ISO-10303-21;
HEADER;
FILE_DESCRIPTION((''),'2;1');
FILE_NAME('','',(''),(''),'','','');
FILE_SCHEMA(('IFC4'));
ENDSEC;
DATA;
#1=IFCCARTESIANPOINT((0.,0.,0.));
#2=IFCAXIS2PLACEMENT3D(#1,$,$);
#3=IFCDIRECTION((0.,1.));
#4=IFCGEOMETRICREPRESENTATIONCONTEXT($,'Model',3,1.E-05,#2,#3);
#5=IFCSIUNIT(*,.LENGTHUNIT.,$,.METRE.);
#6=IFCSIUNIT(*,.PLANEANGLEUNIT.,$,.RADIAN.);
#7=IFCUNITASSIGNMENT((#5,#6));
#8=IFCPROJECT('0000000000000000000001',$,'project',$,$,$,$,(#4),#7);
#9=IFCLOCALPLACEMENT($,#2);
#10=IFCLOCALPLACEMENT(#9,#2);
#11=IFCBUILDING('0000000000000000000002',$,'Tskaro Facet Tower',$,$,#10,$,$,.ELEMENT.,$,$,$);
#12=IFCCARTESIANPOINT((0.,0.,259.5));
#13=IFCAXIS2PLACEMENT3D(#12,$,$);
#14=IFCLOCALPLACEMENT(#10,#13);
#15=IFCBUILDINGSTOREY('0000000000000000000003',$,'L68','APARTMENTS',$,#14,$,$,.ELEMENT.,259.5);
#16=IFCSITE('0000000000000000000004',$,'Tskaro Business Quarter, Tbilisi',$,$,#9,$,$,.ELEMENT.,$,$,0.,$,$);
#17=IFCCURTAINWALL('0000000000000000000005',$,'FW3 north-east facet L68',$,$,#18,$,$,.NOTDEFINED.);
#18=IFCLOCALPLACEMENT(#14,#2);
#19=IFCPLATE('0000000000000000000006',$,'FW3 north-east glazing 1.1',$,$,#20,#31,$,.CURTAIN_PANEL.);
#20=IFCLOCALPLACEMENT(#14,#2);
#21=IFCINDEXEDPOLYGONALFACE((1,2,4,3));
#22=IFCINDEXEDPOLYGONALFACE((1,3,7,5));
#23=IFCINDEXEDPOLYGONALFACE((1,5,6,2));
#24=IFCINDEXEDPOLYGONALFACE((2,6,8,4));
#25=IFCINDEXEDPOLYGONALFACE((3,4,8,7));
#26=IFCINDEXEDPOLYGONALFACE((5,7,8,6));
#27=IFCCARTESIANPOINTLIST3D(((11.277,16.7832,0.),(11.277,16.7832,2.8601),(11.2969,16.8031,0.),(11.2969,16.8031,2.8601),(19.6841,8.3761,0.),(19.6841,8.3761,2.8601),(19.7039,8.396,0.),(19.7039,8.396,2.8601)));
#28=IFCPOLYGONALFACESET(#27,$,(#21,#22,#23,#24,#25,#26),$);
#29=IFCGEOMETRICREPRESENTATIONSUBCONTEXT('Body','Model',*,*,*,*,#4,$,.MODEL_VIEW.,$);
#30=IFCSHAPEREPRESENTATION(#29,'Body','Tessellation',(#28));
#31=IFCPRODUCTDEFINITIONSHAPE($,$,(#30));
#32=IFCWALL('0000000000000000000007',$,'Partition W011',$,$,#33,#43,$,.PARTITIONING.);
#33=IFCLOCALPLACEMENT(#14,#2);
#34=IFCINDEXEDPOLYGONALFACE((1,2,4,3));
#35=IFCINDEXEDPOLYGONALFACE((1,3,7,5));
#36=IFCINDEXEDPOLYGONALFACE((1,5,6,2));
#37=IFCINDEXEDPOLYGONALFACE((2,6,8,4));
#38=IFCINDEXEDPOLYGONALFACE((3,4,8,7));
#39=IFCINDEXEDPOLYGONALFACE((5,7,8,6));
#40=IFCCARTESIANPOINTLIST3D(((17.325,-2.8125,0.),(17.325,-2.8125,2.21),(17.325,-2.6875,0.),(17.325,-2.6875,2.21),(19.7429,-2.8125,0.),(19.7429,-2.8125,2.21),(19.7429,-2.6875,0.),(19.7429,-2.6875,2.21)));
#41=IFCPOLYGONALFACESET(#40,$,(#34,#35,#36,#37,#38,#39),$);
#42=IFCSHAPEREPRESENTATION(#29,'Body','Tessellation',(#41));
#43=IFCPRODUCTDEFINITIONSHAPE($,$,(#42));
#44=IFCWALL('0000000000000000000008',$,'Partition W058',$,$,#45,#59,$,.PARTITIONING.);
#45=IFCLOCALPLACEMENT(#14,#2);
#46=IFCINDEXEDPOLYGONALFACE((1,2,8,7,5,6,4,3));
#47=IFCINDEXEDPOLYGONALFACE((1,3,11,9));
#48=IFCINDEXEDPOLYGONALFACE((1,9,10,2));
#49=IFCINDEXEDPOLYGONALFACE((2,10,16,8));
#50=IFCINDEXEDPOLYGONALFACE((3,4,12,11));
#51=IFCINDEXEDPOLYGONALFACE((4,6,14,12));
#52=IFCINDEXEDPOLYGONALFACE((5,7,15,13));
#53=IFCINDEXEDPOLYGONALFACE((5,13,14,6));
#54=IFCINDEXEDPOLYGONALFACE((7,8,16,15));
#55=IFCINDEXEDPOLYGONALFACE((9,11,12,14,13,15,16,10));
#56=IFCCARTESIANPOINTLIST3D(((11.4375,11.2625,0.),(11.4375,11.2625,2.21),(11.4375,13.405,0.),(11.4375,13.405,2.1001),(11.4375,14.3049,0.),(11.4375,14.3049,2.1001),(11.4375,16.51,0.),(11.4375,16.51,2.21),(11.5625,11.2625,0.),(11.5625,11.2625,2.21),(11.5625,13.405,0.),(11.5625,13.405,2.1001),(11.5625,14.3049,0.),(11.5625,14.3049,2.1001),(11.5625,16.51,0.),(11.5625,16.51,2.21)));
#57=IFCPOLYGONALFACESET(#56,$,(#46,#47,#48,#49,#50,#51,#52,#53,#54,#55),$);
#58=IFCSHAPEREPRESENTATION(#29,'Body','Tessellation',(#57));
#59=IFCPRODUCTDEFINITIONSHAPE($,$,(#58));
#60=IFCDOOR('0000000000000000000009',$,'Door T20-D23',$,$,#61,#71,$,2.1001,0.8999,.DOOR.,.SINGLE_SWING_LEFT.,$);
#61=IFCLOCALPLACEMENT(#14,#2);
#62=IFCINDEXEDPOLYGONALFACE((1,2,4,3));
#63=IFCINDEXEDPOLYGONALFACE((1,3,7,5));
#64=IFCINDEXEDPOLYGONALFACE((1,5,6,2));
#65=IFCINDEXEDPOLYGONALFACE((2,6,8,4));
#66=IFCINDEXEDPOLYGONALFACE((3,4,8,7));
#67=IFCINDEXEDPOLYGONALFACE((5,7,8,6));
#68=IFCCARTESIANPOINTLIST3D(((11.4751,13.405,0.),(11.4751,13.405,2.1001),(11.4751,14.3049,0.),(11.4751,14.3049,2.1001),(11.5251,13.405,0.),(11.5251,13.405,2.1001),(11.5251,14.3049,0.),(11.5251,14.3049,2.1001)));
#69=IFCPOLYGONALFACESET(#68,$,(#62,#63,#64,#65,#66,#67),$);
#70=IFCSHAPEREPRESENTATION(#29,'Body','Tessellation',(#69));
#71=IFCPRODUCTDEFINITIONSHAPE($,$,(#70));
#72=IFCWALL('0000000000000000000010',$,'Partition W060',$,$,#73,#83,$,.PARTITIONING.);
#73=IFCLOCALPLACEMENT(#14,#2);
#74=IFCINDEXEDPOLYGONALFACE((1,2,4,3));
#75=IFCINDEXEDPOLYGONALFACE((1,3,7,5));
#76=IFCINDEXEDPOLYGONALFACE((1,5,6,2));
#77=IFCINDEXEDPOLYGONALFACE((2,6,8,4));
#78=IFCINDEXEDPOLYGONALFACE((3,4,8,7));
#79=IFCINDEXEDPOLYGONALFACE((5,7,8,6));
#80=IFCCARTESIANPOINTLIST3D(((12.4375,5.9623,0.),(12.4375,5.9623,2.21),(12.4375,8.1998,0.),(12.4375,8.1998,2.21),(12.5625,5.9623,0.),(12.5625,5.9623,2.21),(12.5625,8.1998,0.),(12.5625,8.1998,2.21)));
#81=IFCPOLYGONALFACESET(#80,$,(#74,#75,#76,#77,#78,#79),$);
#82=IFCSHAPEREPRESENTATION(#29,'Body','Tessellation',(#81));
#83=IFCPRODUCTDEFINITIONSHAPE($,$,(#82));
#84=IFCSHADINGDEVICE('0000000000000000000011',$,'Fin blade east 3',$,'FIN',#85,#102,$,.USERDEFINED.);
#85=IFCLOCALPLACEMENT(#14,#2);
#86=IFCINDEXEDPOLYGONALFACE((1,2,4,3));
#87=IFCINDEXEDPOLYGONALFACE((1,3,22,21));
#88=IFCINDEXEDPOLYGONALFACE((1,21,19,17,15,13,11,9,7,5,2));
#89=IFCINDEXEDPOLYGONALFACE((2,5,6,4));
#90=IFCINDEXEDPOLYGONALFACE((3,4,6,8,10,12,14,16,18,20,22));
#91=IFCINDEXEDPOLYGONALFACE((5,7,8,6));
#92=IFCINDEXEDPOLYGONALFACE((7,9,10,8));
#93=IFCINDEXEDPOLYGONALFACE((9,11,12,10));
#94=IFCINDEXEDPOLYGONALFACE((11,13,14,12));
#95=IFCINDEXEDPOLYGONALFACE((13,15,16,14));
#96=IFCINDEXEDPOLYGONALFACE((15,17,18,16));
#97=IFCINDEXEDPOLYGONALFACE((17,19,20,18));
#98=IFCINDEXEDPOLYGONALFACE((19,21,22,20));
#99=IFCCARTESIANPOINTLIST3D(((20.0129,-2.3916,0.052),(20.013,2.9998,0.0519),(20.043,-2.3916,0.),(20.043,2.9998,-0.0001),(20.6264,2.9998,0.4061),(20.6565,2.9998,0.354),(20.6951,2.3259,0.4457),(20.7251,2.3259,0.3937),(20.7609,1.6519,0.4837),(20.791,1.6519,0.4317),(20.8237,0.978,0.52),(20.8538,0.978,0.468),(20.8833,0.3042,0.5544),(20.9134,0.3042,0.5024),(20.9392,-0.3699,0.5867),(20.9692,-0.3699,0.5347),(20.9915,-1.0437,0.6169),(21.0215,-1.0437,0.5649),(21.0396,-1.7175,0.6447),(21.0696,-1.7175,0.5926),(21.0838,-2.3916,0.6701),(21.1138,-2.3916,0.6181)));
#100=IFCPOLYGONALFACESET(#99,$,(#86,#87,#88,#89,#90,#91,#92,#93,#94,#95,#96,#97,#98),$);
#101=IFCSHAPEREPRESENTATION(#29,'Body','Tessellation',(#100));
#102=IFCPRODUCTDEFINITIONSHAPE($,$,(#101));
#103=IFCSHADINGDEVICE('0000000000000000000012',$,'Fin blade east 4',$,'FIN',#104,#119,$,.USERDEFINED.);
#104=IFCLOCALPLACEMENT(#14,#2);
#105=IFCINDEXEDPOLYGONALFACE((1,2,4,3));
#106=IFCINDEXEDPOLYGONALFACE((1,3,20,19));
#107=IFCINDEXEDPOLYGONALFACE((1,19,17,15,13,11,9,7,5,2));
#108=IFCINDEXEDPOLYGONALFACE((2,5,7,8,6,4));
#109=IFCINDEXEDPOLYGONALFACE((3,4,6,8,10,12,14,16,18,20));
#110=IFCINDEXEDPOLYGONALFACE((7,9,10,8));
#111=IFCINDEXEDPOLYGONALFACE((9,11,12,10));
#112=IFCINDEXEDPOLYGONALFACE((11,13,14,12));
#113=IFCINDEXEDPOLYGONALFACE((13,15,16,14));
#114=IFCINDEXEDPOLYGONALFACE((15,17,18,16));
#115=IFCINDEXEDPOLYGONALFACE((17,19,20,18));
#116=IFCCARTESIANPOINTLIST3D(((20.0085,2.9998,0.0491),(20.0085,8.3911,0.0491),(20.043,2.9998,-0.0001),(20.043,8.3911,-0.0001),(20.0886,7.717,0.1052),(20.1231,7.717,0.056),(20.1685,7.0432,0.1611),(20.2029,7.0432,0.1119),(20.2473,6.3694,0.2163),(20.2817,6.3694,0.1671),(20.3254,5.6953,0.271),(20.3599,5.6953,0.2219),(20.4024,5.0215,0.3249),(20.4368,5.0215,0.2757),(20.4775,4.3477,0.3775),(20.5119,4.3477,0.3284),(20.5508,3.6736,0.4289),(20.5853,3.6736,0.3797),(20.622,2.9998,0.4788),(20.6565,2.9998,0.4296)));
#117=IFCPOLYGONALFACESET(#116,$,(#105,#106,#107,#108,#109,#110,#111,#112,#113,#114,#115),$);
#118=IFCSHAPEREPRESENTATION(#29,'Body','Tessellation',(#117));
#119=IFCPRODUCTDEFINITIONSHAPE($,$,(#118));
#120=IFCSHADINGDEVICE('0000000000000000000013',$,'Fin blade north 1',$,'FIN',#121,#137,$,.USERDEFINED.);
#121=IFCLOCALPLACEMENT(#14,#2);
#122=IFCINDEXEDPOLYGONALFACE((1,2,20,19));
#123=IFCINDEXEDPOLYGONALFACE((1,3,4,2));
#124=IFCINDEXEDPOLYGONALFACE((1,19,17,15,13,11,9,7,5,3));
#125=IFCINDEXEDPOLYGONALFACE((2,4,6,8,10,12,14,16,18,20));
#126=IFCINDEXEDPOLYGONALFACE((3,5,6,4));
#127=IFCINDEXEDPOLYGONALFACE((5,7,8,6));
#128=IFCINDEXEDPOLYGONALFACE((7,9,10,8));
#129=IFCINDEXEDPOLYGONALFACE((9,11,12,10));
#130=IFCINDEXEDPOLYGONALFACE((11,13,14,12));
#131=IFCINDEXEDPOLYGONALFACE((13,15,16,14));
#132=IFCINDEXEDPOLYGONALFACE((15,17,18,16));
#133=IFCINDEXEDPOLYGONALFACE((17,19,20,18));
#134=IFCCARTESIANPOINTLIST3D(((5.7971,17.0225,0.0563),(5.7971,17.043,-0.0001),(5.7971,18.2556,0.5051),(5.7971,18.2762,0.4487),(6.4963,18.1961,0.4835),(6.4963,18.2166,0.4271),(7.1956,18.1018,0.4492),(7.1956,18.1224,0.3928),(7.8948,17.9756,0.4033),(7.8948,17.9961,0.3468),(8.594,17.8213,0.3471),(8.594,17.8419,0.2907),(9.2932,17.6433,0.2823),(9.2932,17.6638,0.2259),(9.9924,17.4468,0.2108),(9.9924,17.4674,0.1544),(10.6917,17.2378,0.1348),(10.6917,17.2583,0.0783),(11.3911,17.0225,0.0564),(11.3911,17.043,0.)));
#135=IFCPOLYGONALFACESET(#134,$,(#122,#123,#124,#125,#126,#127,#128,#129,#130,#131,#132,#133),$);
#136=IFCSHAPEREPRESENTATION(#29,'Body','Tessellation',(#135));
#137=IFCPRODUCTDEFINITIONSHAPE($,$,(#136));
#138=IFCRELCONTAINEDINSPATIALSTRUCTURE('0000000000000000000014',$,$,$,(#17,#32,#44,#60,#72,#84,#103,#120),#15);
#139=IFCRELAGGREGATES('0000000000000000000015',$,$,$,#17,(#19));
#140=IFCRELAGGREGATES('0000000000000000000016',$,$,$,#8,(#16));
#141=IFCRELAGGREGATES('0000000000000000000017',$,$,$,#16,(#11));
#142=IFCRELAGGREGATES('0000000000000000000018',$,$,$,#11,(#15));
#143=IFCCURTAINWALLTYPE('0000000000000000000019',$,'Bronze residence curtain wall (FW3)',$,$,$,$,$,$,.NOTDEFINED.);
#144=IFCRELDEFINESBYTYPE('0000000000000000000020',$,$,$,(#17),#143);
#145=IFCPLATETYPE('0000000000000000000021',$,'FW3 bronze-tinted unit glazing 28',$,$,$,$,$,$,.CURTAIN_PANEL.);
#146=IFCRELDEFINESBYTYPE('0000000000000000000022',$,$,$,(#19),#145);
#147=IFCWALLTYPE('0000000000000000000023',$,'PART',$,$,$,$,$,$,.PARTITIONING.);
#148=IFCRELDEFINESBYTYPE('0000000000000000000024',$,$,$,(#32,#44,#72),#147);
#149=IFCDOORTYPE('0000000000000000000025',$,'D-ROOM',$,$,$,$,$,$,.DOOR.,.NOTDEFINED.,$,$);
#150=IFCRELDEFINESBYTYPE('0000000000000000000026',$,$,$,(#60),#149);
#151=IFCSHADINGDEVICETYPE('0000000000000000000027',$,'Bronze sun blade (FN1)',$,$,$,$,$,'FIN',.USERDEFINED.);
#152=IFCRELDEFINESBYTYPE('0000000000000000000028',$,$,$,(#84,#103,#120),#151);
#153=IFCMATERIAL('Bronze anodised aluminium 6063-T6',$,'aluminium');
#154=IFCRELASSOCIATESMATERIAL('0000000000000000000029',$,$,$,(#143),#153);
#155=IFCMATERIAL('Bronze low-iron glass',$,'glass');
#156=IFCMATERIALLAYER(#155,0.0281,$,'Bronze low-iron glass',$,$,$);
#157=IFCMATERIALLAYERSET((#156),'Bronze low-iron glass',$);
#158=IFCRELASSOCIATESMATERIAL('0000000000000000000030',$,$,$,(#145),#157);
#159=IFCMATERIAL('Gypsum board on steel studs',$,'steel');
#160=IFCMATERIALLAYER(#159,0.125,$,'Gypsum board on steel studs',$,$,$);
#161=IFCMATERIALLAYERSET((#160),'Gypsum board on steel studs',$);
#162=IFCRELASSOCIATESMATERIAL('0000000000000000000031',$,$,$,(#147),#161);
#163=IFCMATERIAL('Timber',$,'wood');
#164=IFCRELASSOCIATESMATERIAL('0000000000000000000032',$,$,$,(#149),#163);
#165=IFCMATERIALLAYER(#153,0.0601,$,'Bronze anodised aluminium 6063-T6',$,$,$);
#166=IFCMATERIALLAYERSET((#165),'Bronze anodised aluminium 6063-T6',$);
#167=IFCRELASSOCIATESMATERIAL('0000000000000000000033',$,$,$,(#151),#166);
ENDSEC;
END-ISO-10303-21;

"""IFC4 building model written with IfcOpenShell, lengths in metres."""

from ifc_helpers import new_model, si_unit, direction, frame, frame_2d, origin, origin_2d, place, context, subcontext, project, spatial, polyline, rectangle, outline, extrude, material, layer, layer_set, type_object, element, fill, aggregate, save


model = new_model("IFC4")

# Units and contexts
model_context = context("Model", 3, precision=1e-05, world=origin(), true_north=direction((0.0, 1.0)))
body_context = subcontext(model_context, "Body", "Model", "MODEL_VIEW")
ifc_project = project(units=[si_unit("LENGTHUNIT", "METRE"), si_unit("PLANEANGLEUNIT", "RADIAN")], contexts=[model_context])

# Site, building, storey
site_placement = place(None, origin())
site = spatial("IfcSite", under=ifc_project, at=site_placement, Name="Tskaro Business Quarter, Tbilisi", CompositionType="ELEMENT", RefElevation=0.0)
building_placement = place(site_placement, origin())
building = spatial("IfcBuilding", under=site, at=building_placement, Name="Tskaro Facet Tower", CompositionType="ELEMENT")
storey_placement = place(building_placement, frame((0.0, 0.0, 259.5)))
storey = spatial("IfcBuildingStorey", under=building, at=storey_placement, Name="L68", Description="APARTMENTS", CompositionType="ELEMENT", Elevation=259.5)

# Curtain wall
ifc_material_1 = material(Name="Bronze anodised aluminium 6063-T6", Category="aluminium")
curtain_wall_type = type_object("IfcCurtainWallType", Name="Bronze residence curtain wall (FW3)", PredefinedType="NOTDEFINED", material=ifc_material_1)
curtain_wall_1_placement = place(storey_placement, origin())
curtain_wall_1 = element("IfcCurtainWall", 1, at=curtain_wall_1_placement, inside=storey, type_object=curtain_wall_type, Name="FW3 north-east facet L68", PredefinedType="NOTDEFINED")

# Plate
ifc_material_2 = material(Name="Bronze low-iron glass", Category="glass")
ifc_layer_1 = layer(ifc_material_2, 0.0281, Name="Bronze low-iron glass")
ifc_layer_set_1 = layer_set([ifc_layer_1], Name="Bronze low-iron glass")
plate_type = type_object("IfcPlateType", Name="FW3 bronze-tinted unit glazing 28", PredefinedType="CURTAIN_PANEL", material=ifc_layer_set_1)
plate_1_placement = place(storey_placement, frame((15.4905, 12.5896, 0.0), z_axis=(0.0, 0.0, 1.0), x_axis=(-0.707107, 0.707107, 0.0)))
plate_1 = element("IfcPlate", 2, at=plate_1_placement, type_object=plate_type, Name="FW3 north-east glazing 1.1", PredefinedType="CURTAIN_PANEL", context=body_context, shape_type="SweptSolid", body=[
    extrude(rectangle(XDim=11.8894, YDim=0.0281, at=origin_2d()), origin(), (0.0, 0.0, 1.0), 2.8601),
])
aggregate(curtain_wall_1, [plate_1])

# Wall
ifc_material_3 = material(Name="Gypsum board on steel studs", Category="steel")
ifc_layer_2 = layer(ifc_material_3, 0.125, Name="Gypsum board on steel studs")
ifc_layer_set_2 = layer_set([ifc_layer_2], Name="Gypsum board on steel studs")
wall_type = type_object("IfcWallType", Name="PART", PredefinedType="PARTITIONING", material=ifc_layer_set_2)
wall_1_placement = place(storey_placement, frame((17.325, -2.75, 0.0), z_axis=(0.0, 0.0, 1.0), x_axis=(1.0, 0.0, 0.0)))
element("IfcWall", 3, at=wall_1_placement, inside=storey, type_object=wall_type, Name="Partition W011", PredefinedType="PARTITIONING", context=body_context, shape_type="SweptSolid", body=[
    extrude(rectangle(XDim=2.418, YDim=0.125, at=frame_2d((1.209, 0.0))), origin(), (0.0, 0.0, 1.0), 2.21),
])

# Wall, opening, door
wall_2_placement = place(storey_placement, frame((11.5, 11.2625, 0.0), z_axis=(0.0, 0.0, 1.0), x_axis=(0.0, 1.0, 0.0)))
wall_2 = element("IfcWall", 4, at=wall_2_placement, inside=storey, type_object=wall_type, Name="Partition W058", PredefinedType="PARTITIONING", context=body_context, shape_type="SweptSolid", body=[
    extrude(rectangle(XDim=5.2476, YDim=0.125, at=frame_2d((2.6238, 0.0))), origin(), (0.0, 0.0, 1.0), 2.21),
])
opening_placement = place(wall_2_placement, frame((2.1426, 0.0, 0.0)))
opening = element("IfcOpeningElement", 5, at=opening_placement, cuts=wall_2, PredefinedType="OPENING", context=body_context, shape_type="SweptSolid", body=[
    extrude(rectangle(XDim=0.8999, YDim=2.1001, at=frame_2d((0.45, 1.05))), frame((0.0, 0.0725, 0.0), z_axis=(0.0, -1.0, 0.0), x_axis=(1.0, 0.0, 0.0)), (0.0, 0.0, 1.0), 0.145),
])
ifc_material_4 = material(Name="Timber", Category="wood")
door_type = type_object("IfcDoorType", Name="D-ROOM", OperationType="NOTDEFINED", PredefinedType="DOOR", material=ifc_material_4)
door_placement = place(opening_placement, origin())
door = element("IfcDoor", 6, at=door_placement, inside=storey, type_object=door_type, Name="Door T20-D23", OperationType="SINGLE_SWING_LEFT", OverallHeight=2.1001, OverallWidth=0.8999, PredefinedType="DOOR", context=body_context, shape_type="SweptSolid", body=[
    extrude(rectangle(XDim=0.8999, YDim=2.1001, at=frame_2d((0.45, 1.05))), frame((0.0, 0.0249, 0.0), z_axis=(0.0, -1.0, 0.0), x_axis=(1.0, 0.0, 0.0)), (0.0, 0.0, 1.0), 0.05),
])
fill(opening, door)

# Wall
wall_3_placement = place(storey_placement, frame((12.5, 5.9624, 0.0), z_axis=(0.0, 0.0, 1.0), x_axis=(0.0, 1.0, 0.0)))
element("IfcWall", 7, at=wall_3_placement, inside=storey, type_object=wall_type, Name="Partition W060", PredefinedType="PARTITIONING", context=body_context, shape_type="SweptSolid", body=[
    extrude(rectangle(XDim=2.2375, YDim=0.125, at=frame_2d((1.1187, 0.0))), origin(), (0.0, 0.0, 1.0), 2.21),
])

# Shading devices
ifc_layer_3 = layer(ifc_material_1, 0.0601, Name="Bronze anodised aluminium 6063-T6")
ifc_layer_set_3 = layer_set([ifc_layer_3], Name="Bronze anodised aluminium 6063-T6")
shading_device_type = type_object("IfcShadingDeviceType", Name="Bronze sun blade (FN1)", ElementType="FIN", PredefinedType="USERDEFINED", material=ifc_layer_set_3)
shading_device_1_placement = place(storey_placement, frame((20.0129, -2.3916, 0.052), z_axis=(-0.499941, 0.000013, 0.86606), x_axis=(0.000007, 1.0, -0.000012)))
element("IfcShadingDevice", 8, at=shading_device_1_placement, inside=storey, type_object=shading_device_type, Name="Fin blade east 3", ObjectType="FIN", PredefinedType="USERDEFINED", context=body_context, shape_type="SweptSolid", body=[
    extrude(outline(polyline([(0.0, 0.0), (5.3914, 0.0), (5.3914, -0.7083), (4.7175, -0.7876), (4.0435, -0.8636), (3.3696, -0.9362), (2.6958, -1.005), (2.0217, -1.0695), (1.3479, -1.1299), (0.6741, -1.1855), (0.0, -1.2364), (0.0, 0.0)])), origin(), (0.0, 0.0, -1.0), 0.0601),
])
shading_device_2_placement = place(storey_placement, frame((20.0085, 2.9998, 0.0491), z_axis=(-0.573711, -0.000009, 0.819058), x_axis=(-0.000005, 1.0, 0.000007)))
element("IfcShadingDevice", 9, at=shading_device_2_placement, inside=storey, type_object=shading_device_type, Name="Fin blade east 4", ObjectType="FIN", PredefinedType="USERDEFINED", context=body_context, shape_type="SweptSolid", body=[
    extrude(outline(polyline([(0.0, 0.0), (5.3914, 0.0), (4.7173, -0.0978), (4.0435, -0.1953), (3.3696, -0.2915), (2.6956, -0.3869), (2.0217, -0.4808), (1.3479, -0.5725), (0.6738, -0.6621), (0.0, -0.749), (0.0, 0.0)])), origin(), (0.0, 0.0, -1.0), 0.0601),
])
shading_device_3_placement = place(storey_placement, frame((11.3911, 17.0225, 0.0564), z_axis=(-0.000014, -0.342022, 0.939692), x_axis=(-1.0, 0.000005, -0.000013)))
element("IfcShadingDevice", 10, at=shading_device_3_placement, inside=storey, type_object=shading_device_type, Name="Fin blade north 1", ObjectType="FIN", PredefinedType="USERDEFINED", context=body_context, shape_type="SweptSolid", body=[
    extrude(outline(polyline([(0.0, 0.0), (5.594, 0.0), (5.594, -1.3123), (4.8948, -1.2489), (4.1956, -1.1486), (3.4963, -1.0143), (2.7971, -0.8501), (2.0979, -0.6606), (1.3987, -0.4516), (0.6995, -0.2291), (0.0, 0.0)])), origin(), (0.0, 0.0, -1.0), 0.0601),
])

save(model, "model.ifc")
